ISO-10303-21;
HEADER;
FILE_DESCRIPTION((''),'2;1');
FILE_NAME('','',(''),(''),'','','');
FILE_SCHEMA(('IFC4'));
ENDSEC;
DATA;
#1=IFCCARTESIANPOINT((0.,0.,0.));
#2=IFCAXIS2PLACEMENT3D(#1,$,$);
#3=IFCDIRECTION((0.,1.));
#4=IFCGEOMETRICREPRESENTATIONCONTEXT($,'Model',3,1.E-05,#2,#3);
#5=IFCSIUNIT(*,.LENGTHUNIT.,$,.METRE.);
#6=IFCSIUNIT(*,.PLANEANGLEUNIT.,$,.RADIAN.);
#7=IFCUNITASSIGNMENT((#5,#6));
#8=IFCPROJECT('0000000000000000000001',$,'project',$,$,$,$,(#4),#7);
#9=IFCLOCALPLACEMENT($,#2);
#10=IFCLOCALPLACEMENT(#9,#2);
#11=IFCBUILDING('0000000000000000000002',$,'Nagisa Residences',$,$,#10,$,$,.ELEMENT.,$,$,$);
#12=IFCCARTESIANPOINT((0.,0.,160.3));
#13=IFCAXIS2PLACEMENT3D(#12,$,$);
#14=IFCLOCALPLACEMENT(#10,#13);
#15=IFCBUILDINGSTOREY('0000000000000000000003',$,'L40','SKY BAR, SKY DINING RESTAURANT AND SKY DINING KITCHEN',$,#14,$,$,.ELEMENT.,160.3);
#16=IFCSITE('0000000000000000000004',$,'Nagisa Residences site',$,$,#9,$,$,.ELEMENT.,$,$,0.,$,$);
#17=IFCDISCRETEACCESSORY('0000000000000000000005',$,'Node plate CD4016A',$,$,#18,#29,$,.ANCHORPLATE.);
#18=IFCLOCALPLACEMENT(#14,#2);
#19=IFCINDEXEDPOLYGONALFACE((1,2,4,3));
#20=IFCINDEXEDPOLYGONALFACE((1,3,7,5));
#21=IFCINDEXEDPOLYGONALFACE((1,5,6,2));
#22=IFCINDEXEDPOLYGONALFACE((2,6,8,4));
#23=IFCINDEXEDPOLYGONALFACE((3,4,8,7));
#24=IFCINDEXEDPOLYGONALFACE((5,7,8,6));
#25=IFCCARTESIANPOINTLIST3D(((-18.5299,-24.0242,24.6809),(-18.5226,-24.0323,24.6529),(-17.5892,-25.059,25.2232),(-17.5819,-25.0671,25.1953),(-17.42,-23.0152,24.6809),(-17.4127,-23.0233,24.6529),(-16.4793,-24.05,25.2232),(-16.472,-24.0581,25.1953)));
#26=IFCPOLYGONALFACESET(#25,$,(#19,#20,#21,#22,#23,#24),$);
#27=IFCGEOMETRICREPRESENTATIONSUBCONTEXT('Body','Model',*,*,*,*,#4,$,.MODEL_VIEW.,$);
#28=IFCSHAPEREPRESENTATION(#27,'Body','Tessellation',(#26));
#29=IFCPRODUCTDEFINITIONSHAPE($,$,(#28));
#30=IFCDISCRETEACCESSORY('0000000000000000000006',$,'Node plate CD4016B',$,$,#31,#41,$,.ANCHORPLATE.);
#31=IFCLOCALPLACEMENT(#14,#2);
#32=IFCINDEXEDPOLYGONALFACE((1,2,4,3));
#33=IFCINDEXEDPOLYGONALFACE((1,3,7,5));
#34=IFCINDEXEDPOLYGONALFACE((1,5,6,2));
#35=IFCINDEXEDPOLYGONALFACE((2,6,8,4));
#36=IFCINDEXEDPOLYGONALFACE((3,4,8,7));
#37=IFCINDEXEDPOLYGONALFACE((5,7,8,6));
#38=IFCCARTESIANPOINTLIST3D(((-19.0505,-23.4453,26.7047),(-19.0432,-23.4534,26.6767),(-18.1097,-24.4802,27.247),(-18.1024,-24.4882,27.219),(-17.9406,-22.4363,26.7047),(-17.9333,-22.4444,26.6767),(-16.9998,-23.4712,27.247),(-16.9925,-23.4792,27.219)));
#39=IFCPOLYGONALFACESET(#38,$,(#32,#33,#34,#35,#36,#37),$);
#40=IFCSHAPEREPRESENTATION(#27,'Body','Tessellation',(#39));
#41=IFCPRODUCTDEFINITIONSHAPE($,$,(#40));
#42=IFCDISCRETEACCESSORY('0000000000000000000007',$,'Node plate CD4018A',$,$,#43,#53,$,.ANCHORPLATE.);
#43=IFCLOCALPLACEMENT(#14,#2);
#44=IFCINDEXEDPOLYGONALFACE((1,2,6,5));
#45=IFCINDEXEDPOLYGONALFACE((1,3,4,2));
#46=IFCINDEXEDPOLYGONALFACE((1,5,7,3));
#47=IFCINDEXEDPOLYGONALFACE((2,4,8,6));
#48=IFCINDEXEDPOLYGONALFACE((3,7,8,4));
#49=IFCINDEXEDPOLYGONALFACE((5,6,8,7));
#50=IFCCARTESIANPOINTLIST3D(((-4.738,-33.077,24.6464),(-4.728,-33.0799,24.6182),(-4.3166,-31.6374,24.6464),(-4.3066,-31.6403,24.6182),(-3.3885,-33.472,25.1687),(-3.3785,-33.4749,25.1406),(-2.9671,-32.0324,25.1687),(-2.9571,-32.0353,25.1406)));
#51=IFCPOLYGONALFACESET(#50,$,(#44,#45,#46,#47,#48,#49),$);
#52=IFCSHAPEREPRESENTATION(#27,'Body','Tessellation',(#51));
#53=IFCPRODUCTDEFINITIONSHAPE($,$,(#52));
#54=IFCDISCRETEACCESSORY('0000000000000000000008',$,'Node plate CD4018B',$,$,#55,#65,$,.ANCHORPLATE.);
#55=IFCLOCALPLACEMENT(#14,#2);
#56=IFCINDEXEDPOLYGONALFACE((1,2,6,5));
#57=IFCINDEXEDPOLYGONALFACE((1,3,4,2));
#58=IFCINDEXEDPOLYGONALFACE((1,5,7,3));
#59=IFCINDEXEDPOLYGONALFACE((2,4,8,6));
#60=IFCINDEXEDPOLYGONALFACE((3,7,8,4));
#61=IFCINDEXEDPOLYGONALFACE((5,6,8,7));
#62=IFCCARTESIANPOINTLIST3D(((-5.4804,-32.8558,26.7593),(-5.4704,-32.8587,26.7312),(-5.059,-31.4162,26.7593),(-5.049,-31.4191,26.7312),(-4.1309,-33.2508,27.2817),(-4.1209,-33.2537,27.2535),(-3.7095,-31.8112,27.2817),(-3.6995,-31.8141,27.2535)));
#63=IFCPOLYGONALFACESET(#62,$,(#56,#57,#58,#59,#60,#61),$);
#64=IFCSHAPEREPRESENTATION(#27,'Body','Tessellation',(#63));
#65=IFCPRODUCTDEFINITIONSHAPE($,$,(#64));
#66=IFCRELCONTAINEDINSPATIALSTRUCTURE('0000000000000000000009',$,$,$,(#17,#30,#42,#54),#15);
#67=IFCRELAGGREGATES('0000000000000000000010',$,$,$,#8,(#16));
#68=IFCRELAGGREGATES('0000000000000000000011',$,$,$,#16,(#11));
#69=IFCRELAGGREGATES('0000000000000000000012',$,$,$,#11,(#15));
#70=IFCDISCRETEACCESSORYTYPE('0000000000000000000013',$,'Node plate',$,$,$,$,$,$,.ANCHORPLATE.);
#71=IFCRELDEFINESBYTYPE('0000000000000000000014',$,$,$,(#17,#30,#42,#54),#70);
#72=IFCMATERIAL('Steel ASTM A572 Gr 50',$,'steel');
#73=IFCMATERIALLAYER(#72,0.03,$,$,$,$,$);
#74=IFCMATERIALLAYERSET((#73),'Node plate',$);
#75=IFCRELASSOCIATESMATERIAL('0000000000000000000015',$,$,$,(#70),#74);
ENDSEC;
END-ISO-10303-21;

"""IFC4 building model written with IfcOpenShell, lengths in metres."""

from ifc_helpers import new_model, si_unit, direction, frame, origin, origin_2d, place, context, subcontext, project, spatial, rectangle, extrude, material, layer, layer_set, type_object, element, save


model = new_model("IFC4")

# Units and contexts
model_context = context("Model", 3, precision=1e-05, world=origin(), true_north=direction((0.0, 1.0)))
body_context = subcontext(model_context, "Body", "Model", "MODEL_VIEW")
ifc_project = project(units=[si_unit("LENGTHUNIT", "METRE"), si_unit("PLANEANGLEUNIT", "RADIAN")], contexts=[model_context])

# Site, building, storey
site_placement = place(None, origin())
site = spatial("IfcSite", under=ifc_project, at=site_placement, Name="Nagisa Residences site", CompositionType="ELEMENT", RefElevation=0.0)
building_placement = place(site_placement, origin())
building = spatial("IfcBuilding", under=site, at=building_placement, Name="Nagisa Residences", CompositionType="ELEMENT")
storey_placement = place(building_placement, frame((0.0, 0.0, 160.3)))
storey = spatial("IfcBuildingStorey", under=building, at=storey_placement, Name="L40", Description="SKY BAR, SKY DINING RESTAURANT AND SKY DINING KITCHEN", CompositionType="ELEMENT", Elevation=160.3)

# Discrete accessories
ifc_material_1 = material(Name="Steel ASTM A572 Gr 50", Category="steel")
ifc_layer = layer(ifc_material_1, 0.03)
ifc_layer_set = layer_set([ifc_layer], Name="Node plate")
discrete_accessory_type = type_object("IfcDiscreteAccessoryType", Name="Node plate", PredefinedType="ANCHORPLATE", material=ifc_layer_set)
for number, where, z_axis, x_axis, name in (
    (1, (-17.4973, -24.0452, 24.9241), (-0.24322, 0.267542, 0.932344), (-0.73994, -0.672673, 0.0), "Node plate CD4016A"),
    (2, (-18.0251, -23.4583, 26.9758), (0.24322, -0.267542, -0.932344), (0.73994, 0.672673, 0.0), "Node plate CD4016B"),
    (3, (-3.8425, -32.5576, 24.8794), (-0.334207, 0.097817, 0.93741), (-0.280899, -0.959737, 0.0), "Node plate CD4018A"),
    (4, (-4.595, -32.3335, 27.0205), (0.334207, -0.097817, -0.93741), (0.280899, 0.959737, 0.0), "Node plate CD4018B"),
):
    element("IfcDiscreteAccessory", number, at=place(storey_placement, frame(where, z_axis=z_axis, x_axis=x_axis)), inside=storey, type_object=discrete_accessory_type, Name=name, PredefinedType="ANCHORPLATE", context=body_context, shape_type="SweptSolid", body=[
        extrude(rectangle(XDim=1.5, YDim=1.5, at=origin_2d()), origin(), (0.0, 0.0, 1.0), 0.03),
    ])

save(model, "model.ifc")
